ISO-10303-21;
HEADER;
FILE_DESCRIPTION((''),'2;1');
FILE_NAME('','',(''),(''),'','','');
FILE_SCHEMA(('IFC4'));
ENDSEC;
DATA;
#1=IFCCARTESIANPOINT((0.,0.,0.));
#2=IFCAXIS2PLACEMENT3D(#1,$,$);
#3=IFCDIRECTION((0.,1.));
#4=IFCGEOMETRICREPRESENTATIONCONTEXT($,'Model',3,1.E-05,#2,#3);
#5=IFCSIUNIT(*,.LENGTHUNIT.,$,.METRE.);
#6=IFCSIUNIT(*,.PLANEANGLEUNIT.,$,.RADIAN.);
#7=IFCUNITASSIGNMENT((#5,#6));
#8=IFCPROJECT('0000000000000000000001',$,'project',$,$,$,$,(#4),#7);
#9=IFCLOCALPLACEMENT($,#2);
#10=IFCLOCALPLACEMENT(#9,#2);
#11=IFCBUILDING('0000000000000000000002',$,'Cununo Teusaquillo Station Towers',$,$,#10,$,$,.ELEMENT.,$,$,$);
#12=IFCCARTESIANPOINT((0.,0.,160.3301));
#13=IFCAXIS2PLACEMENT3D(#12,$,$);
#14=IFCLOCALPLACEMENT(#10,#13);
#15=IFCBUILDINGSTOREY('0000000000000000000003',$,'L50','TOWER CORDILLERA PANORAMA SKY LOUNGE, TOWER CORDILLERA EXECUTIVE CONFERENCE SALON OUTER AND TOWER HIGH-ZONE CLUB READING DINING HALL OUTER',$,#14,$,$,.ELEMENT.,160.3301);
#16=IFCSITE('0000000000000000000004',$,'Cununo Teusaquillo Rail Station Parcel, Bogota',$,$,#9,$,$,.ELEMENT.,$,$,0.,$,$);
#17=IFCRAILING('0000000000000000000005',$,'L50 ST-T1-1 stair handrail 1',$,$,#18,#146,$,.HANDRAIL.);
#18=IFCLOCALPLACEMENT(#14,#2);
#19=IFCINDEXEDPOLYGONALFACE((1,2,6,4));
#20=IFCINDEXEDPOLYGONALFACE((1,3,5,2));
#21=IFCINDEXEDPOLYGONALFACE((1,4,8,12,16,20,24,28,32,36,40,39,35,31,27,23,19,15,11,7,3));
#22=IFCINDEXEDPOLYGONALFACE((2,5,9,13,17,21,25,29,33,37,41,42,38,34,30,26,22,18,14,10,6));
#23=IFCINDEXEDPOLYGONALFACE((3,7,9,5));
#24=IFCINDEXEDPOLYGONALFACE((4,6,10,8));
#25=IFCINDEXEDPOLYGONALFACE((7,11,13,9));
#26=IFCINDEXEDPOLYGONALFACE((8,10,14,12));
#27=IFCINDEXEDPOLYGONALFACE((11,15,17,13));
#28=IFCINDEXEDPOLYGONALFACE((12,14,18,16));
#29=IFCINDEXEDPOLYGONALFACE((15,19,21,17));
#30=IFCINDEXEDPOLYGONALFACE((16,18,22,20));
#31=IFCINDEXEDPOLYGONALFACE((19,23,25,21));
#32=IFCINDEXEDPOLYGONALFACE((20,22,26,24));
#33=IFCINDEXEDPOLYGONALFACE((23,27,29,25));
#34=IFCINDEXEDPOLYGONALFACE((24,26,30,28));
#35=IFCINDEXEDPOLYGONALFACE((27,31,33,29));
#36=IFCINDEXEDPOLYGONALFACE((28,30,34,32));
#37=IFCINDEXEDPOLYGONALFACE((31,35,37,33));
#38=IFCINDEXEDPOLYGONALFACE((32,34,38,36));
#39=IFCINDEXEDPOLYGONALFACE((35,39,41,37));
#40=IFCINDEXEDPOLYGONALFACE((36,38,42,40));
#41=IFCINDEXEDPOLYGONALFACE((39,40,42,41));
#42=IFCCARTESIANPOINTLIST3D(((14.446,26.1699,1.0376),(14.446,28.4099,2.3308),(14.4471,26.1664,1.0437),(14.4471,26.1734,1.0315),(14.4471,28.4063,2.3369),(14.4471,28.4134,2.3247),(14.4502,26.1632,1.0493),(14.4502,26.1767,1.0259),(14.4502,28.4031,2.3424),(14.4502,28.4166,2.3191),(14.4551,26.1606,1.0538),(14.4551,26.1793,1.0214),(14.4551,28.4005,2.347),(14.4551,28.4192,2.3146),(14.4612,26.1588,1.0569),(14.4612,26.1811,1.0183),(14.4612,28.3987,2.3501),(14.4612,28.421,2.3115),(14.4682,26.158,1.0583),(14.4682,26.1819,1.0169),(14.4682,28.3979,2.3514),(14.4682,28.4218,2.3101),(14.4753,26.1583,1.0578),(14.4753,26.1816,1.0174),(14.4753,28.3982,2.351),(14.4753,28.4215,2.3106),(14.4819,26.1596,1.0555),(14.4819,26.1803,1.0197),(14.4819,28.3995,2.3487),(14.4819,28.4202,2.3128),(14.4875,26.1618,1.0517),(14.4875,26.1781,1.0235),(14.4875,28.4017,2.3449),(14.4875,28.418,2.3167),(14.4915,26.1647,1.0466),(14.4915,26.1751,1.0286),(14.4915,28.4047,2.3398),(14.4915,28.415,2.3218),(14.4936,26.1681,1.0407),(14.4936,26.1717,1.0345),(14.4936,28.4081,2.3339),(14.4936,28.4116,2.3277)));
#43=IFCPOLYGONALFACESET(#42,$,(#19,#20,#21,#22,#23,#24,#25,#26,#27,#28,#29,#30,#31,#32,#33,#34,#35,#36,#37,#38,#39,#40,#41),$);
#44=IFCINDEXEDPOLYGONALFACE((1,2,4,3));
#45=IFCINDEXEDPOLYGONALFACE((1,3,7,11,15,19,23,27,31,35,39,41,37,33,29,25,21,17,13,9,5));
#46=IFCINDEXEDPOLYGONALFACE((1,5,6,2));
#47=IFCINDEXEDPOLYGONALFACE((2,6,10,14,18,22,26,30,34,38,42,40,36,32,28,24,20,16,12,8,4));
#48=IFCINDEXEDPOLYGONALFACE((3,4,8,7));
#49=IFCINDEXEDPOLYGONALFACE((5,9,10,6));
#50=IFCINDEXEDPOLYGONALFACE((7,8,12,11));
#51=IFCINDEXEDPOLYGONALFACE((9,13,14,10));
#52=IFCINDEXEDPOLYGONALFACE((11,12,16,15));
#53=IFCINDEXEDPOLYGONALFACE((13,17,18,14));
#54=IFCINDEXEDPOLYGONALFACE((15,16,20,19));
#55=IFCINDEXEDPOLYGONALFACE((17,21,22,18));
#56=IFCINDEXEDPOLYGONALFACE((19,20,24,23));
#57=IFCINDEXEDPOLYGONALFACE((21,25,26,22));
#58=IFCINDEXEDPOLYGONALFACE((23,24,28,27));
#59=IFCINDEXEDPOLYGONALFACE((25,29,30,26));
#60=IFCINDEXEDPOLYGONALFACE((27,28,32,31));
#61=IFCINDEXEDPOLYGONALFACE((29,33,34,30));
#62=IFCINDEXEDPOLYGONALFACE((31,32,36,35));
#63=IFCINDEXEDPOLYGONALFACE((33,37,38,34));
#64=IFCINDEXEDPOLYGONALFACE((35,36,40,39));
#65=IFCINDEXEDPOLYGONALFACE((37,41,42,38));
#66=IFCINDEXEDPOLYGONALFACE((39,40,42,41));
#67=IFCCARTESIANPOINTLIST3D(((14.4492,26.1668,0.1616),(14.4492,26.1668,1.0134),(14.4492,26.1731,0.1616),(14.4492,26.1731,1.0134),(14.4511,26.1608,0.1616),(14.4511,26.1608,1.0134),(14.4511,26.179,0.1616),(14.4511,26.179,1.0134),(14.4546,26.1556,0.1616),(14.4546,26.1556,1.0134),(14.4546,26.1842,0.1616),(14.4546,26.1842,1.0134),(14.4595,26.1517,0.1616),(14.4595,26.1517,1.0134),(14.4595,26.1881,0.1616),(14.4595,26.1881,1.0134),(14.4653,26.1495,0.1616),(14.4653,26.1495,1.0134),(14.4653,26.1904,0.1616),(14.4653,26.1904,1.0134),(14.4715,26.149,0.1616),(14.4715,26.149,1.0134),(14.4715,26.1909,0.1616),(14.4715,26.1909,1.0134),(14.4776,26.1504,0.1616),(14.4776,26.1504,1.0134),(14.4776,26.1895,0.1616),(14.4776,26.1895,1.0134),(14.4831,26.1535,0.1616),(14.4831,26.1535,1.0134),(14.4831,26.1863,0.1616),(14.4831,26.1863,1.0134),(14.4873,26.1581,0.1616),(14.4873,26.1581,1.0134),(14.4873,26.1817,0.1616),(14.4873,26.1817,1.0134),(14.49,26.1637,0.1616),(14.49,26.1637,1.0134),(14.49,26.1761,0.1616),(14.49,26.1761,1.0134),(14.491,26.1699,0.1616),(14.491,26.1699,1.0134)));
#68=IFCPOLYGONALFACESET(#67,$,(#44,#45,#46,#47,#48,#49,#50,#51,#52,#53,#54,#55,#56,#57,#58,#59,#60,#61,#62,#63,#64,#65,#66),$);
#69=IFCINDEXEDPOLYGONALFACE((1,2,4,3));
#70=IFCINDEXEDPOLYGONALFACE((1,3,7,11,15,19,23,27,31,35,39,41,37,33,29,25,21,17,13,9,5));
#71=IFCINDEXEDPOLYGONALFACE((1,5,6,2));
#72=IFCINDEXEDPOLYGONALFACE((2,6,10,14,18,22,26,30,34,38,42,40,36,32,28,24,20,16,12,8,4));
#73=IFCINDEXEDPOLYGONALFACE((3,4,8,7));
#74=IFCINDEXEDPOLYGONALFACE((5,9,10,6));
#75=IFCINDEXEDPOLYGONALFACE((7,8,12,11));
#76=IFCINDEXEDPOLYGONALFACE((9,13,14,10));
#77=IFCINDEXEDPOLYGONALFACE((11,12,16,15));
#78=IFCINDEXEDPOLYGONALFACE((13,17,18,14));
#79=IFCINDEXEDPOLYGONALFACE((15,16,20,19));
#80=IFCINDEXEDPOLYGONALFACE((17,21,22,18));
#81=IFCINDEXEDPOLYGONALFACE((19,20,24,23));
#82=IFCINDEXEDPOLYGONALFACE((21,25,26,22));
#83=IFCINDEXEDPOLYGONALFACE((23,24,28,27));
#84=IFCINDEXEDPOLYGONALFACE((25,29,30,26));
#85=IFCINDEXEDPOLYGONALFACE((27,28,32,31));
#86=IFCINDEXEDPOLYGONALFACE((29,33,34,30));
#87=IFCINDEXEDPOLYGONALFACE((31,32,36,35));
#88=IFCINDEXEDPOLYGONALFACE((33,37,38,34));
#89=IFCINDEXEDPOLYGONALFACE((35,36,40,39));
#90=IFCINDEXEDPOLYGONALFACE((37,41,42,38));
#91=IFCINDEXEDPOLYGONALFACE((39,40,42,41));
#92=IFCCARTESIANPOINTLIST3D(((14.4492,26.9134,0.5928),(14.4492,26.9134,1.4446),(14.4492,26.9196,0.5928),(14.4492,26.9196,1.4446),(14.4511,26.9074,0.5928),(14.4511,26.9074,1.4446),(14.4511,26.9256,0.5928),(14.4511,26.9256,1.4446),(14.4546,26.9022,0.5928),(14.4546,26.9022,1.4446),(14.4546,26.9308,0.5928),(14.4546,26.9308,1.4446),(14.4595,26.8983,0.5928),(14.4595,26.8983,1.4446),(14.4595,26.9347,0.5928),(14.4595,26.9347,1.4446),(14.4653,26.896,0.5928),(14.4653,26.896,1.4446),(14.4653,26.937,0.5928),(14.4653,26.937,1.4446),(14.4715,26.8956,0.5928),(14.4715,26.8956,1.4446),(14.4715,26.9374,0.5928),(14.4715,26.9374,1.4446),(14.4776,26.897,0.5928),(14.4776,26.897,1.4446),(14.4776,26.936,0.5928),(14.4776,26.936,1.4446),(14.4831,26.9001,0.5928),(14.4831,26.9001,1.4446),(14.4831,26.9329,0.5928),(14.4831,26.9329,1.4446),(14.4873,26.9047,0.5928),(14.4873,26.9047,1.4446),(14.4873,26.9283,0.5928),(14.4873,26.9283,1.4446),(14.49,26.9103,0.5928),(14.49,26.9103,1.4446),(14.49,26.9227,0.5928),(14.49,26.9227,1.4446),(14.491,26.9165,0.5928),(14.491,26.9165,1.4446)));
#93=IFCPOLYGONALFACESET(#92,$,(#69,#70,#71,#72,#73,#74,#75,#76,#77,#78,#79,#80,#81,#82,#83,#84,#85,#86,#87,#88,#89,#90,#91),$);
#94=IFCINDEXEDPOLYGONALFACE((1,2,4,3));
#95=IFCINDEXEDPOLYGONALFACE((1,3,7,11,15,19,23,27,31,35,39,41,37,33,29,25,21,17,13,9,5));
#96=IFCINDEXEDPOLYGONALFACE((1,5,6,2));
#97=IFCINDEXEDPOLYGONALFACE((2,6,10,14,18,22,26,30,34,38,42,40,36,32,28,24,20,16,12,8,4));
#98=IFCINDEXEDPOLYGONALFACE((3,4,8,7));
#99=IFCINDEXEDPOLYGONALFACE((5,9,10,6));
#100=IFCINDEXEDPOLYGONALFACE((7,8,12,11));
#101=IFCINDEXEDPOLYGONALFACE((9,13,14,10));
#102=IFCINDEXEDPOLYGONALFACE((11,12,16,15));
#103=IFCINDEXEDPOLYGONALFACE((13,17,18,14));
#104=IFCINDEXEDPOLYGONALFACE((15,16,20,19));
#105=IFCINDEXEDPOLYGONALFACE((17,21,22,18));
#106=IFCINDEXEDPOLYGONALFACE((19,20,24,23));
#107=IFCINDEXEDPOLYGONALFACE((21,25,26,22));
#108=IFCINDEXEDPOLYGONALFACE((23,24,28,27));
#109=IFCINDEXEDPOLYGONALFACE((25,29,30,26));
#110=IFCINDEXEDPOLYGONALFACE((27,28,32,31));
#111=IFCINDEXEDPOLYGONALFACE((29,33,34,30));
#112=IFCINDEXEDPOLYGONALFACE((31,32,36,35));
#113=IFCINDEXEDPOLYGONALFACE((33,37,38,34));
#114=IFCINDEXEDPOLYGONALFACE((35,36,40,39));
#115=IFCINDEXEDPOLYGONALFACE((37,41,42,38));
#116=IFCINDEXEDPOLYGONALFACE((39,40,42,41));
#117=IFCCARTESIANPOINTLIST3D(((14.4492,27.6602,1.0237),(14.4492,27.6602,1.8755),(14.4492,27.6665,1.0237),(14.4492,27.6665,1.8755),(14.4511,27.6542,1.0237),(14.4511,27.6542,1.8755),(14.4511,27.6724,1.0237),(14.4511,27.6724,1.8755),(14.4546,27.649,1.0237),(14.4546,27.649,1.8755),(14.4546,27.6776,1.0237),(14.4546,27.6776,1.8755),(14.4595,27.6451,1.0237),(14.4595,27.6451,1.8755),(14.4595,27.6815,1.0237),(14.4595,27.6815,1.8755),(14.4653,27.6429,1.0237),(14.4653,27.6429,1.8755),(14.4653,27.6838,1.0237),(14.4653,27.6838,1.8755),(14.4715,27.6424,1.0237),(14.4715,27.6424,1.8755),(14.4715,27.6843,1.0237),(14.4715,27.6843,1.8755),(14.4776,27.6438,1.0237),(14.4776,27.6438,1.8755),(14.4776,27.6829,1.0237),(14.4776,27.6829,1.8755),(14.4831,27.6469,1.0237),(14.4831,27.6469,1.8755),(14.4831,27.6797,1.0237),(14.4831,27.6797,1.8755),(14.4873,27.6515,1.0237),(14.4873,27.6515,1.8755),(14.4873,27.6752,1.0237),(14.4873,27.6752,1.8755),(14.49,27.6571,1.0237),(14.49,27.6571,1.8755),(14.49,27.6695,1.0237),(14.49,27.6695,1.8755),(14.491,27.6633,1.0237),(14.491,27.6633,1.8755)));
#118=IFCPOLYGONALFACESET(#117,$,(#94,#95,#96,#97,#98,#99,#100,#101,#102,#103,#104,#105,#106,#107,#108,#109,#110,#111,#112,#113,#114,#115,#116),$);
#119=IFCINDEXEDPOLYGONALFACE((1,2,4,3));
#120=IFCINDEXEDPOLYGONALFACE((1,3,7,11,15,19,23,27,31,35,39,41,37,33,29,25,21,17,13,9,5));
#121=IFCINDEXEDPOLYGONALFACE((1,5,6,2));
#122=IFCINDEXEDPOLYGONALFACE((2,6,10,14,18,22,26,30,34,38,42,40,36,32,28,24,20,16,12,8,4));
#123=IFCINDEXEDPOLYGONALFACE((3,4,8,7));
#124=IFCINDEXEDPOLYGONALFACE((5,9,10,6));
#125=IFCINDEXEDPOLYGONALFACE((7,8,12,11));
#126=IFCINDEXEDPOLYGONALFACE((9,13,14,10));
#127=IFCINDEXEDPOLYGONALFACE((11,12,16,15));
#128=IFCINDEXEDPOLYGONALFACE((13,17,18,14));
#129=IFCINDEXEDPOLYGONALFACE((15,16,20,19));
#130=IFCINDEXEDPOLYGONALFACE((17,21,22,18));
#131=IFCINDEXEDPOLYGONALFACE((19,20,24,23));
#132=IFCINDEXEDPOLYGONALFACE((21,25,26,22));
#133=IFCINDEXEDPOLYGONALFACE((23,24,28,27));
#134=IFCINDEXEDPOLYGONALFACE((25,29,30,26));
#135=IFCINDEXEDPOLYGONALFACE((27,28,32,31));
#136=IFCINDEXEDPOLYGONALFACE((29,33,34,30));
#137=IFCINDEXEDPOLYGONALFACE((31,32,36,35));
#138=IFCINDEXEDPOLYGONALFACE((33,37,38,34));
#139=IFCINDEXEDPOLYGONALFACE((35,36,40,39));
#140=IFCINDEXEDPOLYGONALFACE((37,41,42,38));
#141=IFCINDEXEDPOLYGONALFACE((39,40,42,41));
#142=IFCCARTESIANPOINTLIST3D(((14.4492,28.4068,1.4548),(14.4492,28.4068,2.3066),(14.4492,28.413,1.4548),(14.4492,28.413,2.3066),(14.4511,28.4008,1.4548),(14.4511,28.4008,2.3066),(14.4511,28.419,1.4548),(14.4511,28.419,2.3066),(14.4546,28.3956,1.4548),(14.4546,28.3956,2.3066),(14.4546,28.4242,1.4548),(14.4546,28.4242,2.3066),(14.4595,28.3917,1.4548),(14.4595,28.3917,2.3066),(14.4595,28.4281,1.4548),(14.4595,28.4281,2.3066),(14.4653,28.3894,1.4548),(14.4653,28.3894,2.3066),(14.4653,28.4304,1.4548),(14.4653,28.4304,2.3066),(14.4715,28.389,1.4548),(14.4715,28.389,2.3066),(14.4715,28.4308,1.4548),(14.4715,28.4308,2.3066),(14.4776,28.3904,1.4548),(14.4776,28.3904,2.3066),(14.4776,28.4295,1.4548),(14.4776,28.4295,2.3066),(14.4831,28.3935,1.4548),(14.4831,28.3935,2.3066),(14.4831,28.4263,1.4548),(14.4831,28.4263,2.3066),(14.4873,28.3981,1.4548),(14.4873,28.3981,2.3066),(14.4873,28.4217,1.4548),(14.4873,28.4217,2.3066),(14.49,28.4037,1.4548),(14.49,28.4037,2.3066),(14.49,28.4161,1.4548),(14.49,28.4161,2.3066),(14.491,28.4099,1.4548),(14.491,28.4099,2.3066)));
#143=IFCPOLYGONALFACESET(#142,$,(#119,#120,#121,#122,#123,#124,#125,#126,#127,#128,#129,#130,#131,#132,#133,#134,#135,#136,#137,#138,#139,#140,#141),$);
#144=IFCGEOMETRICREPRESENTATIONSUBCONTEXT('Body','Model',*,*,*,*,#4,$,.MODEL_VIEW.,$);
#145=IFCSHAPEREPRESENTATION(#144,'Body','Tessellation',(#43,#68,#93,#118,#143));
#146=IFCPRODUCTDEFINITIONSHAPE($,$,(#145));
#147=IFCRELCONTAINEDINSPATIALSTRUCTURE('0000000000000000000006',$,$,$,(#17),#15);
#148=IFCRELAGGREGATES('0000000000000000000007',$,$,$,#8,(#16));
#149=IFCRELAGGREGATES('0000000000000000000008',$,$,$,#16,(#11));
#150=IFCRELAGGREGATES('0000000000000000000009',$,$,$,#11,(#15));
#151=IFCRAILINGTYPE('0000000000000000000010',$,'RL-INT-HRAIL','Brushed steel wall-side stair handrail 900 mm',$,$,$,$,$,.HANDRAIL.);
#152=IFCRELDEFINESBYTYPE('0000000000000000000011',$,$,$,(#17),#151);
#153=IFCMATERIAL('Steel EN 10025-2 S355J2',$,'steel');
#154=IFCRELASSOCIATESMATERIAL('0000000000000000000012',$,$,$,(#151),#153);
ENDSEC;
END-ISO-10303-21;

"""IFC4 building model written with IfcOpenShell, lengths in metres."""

from ifc_helpers import new_model, si_unit, direction, frame, origin, origin_2d, place, context, subcontext, project, spatial, circle, extrude, material, type_object, element, save


model = new_model("IFC4")

# Units and contexts
model_context = context("Model", 3, precision=1e-05, world=origin(), true_north=direction((0.0, 1.0)))
body_context = subcontext(model_context, "Body", "Model", "MODEL_VIEW")
ifc_project = project(units=[si_unit("LENGTHUNIT", "METRE"), si_unit("PLANEANGLEUNIT", "RADIAN")], contexts=[model_context])

# Site, building, storey
site_placement = place(None, origin())
site = spatial("IfcSite", under=ifc_project, at=site_placement, Name="Cununo Teusaquillo Rail Station Parcel, Bogota", CompositionType="ELEMENT", RefElevation=0.0)
building_placement = place(site_placement, origin())
building = spatial("IfcBuilding", under=site, at=building_placement, Name="Cununo Teusaquillo Station Towers", CompositionType="ELEMENT")
storey_placement = place(building_placement, frame((0.0, 0.0, 160.3301)))
storey = spatial("IfcBuildingStorey", under=building, at=storey_placement, Name="L50", Description="TOWER CORDILLERA PANORAMA SKY LOUNGE, TOWER CORDILLERA EXECUTIVE CONFERENCE SALON OUTER AND TOWER HIGH-ZONE CLUB READING DINING HALL OUTER", CompositionType="ELEMENT", Elevation=160.3301)

# Railing
ifc_material_1 = material(Name="Steel EN 10025-2 S355J2", Category="steel")
railing_type_1 = type_object("IfcRailingType", Name="RL-INT-HRAIL", Description="Brushed steel wall-side stair handrail 900 mm", PredefinedType="HANDRAIL", material=ifc_material_1)
railing_1_placement = place(storey_placement, frame((14.47, 26.1699, 0.1616)))
element("IfcRailing", 1, at=railing_1_placement, inside=storey, type_object=railing_type_1, Name="L50 ST-T1-1 stair handrail 1", PredefinedType="HANDRAIL", context=body_context, shape_type="SweptSolid", body=[
    extrude(circle(Radius=0.0239, at=origin_2d()), frame((0.0, 0.0, 0.876), z_axis=(0.0, 0.866033, 0.499987), x_axis=(-1.0, 0.0, 0.0)), (0.0, 0.0, 1.0), 2.5864),
    extrude(circle(Radius=0.021, at=origin_2d()), origin(), (0.0, 0.0, 1.0), 0.8518),
    extrude(circle(Radius=0.021, at=origin_2d()), frame((0.0, 0.7466, 0.4312)), (0.0, 0.0, 1.0), 0.8518),
    extrude(circle(Radius=0.021, at=origin_2d()), frame((0.0, 1.4934, 0.8621)), (0.0, 0.0, 1.0), 0.8518),
    extrude(circle(Radius=0.021, at=origin_2d()), frame((0.0, 2.24, 1.2932)), (0.0, 0.0, 1.0), 0.8518),
])

save(model, "model.ifc")
